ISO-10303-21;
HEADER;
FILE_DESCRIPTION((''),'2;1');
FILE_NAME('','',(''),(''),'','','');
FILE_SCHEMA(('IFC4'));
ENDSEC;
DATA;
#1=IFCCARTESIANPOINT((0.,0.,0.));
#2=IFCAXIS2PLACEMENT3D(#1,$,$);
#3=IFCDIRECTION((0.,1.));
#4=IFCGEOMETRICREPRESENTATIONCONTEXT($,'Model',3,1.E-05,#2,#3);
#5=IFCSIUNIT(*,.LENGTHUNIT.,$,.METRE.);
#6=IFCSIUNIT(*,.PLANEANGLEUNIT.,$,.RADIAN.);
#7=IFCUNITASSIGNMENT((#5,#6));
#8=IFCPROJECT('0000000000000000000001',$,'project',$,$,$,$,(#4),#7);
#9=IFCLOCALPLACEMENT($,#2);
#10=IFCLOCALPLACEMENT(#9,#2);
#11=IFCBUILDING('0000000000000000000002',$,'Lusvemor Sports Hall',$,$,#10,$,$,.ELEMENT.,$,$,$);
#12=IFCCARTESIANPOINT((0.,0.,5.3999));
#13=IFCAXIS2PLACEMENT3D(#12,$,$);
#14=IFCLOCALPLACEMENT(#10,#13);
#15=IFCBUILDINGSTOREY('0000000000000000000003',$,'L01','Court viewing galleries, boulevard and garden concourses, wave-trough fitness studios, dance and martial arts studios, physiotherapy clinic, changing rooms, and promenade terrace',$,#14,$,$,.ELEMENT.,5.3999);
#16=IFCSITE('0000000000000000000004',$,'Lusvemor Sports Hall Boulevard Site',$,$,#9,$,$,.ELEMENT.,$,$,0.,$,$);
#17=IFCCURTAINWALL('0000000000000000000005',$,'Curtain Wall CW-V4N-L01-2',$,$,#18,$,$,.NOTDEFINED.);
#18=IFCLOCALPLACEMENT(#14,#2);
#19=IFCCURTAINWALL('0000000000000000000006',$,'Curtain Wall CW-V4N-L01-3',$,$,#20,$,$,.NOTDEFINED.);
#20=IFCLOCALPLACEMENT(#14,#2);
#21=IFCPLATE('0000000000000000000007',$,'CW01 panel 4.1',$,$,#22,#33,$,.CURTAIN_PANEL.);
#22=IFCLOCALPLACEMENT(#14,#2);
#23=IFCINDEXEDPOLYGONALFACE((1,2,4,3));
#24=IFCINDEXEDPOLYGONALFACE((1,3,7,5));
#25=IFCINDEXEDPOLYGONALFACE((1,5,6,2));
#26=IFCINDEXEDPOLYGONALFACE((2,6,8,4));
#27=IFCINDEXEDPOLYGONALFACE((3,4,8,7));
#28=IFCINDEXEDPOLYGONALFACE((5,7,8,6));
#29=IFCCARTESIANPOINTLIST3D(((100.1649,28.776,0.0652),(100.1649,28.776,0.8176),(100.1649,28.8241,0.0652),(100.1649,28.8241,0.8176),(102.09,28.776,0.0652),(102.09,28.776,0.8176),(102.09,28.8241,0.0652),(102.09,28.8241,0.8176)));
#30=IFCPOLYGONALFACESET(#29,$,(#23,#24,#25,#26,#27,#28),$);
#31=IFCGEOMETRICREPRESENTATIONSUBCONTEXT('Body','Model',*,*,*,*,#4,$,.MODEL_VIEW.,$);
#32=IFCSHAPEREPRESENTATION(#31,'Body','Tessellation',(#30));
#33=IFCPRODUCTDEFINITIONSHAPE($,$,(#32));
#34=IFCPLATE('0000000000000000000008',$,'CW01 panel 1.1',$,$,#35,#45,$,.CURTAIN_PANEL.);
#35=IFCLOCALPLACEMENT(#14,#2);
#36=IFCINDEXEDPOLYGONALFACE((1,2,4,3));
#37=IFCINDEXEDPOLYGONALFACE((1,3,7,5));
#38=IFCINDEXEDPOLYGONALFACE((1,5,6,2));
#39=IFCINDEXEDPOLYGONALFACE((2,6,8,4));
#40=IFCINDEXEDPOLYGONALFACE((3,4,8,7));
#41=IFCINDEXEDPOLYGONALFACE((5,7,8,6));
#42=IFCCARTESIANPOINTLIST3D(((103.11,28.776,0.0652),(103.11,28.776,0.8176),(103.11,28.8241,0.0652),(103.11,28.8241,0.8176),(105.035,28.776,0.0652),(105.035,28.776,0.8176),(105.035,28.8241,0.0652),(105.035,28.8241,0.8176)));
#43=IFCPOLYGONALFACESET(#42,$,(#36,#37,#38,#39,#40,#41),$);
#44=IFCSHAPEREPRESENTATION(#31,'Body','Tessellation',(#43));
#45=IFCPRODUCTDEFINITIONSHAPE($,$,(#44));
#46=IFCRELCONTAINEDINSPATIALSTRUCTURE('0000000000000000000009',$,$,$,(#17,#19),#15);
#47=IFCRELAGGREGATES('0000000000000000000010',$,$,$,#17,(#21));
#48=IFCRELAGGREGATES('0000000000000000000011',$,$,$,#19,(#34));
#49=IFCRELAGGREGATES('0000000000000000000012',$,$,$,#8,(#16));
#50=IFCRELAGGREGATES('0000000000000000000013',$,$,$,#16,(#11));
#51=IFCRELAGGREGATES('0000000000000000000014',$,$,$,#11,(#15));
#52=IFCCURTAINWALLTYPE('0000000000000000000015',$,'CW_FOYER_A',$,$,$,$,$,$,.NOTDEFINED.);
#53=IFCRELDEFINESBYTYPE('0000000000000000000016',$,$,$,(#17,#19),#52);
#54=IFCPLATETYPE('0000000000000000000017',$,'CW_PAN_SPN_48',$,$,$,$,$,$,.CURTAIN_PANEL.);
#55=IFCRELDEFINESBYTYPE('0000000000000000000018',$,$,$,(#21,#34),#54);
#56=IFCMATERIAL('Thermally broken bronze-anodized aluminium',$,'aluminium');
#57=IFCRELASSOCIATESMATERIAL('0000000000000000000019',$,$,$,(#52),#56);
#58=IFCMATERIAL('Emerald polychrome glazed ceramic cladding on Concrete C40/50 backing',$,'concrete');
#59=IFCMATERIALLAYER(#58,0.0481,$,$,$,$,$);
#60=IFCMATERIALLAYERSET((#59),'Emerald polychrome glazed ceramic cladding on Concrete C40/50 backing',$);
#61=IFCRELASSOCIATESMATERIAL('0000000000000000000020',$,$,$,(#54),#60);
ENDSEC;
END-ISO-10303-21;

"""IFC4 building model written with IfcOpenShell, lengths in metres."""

from ifc_helpers import new_model, si_unit, direction, frame, origin, origin_2d, place, context, subcontext, project, spatial, rectangle, extrude, material, layer, layer_set, type_object, element, aggregate, save


model = new_model("IFC4")

# Units and contexts
model_context = context("Model", 3, precision=1e-05, world=origin(), true_north=direction((0.0, 1.0)))
body_context = subcontext(model_context, "Body", "Model", "MODEL_VIEW")
ifc_project = project(units=[si_unit("LENGTHUNIT", "METRE"), si_unit("PLANEANGLEUNIT", "RADIAN")], contexts=[model_context])

# Site, building, storey
site_placement = place(None, origin())
site = spatial("IfcSite", under=ifc_project, at=site_placement, Name="Lusvemor Sports Hall Boulevard Site", CompositionType="ELEMENT", RefElevation=0.0)
building_placement = place(site_placement, origin())
building = spatial("IfcBuilding", under=site, at=building_placement, Name="Lusvemor Sports Hall", CompositionType="ELEMENT")
storey_placement = place(building_placement, frame((0.0, 0.0, 5.3999)))
storey = spatial("IfcBuildingStorey", under=building, at=storey_placement, Name="L01", Description="Court viewing galleries, boulevard and garden concourses, wave-trough fitness studios, dance and martial arts studios, physiotherapy clinic, changing rooms, and promenade terrace", CompositionType="ELEMENT", Elevation=5.3999)

# Curtain wall
ifc_material_1 = material(Name="Thermally broken bronze-anodized aluminium", Category="aluminium")
curtain_wall_type = type_object("IfcCurtainWallType", Name="CW_FOYER_A", PredefinedType="NOTDEFINED", material=ifc_material_1)
curtain_wall_1_placement = place(storey_placement, origin())
curtain_wall_1 = element("IfcCurtainWall", 1, at=curtain_wall_1_placement, inside=storey, type_object=curtain_wall_type, Name="Curtain Wall CW-V4N-L01-2", PredefinedType="NOTDEFINED")

# Curtain wall
curtain_wall_2_placement = place(storey_placement, origin())
curtain_wall_2 = element("IfcCurtainWall", 2, at=curtain_wall_2_placement, inside=storey, type_object=curtain_wall_type, Name="Curtain Wall CW-V4N-L01-3", PredefinedType="NOTDEFINED")

# Plates
ifc_material_2 = material(Name="Emerald polychrome glazed ceramic cladding on Concrete C40/50 backing", Category="concrete")
ifc_layer_1 = layer(ifc_material_2, 0.0481)
ifc_layer_set_1 = layer_set([ifc_layer_1], Name="Emerald polychrome glazed ceramic cladding on Concrete C40/50 backing")
plate_type_1 = type_object("IfcPlateType", Name="CW_PAN_SPN_48", PredefinedType="CURTAIN_PANEL", material=ifc_layer_set_1)
plate_1_placement = place(storey_placement, frame((101.1274, 28.8, 0.0652), z_axis=(0.0, 0.0, 1.0), x_axis=(1.0, 0.0, 0.0)))
plate_1 = element("IfcPlate", 3, at=plate_1_placement, type_object=plate_type_1, Name="CW01 panel 4.1", PredefinedType="CURTAIN_PANEL", context=body_context, shape_type="SweptSolid", body=[
    extrude(rectangle(XDim=1.925, YDim=0.0481, at=origin_2d()), origin(), (0.0, 0.0, 1.0), 0.7524),
])
aggregate(curtain_wall_1, [plate_1])
plate_2_placement = place(storey_placement, frame((104.0725, 28.8, 0.0652), z_axis=(0.0, 0.0, 1.0), x_axis=(1.0, 0.0, 0.0)))
plate_2 = element("IfcPlate", 4, at=plate_2_placement, type_object=plate_type_1, Name="CW01 panel 1.1", PredefinedType="CURTAIN_PANEL", context=body_context, shape_type="SweptSolid", body=[
    extrude(rectangle(XDim=1.925, YDim=0.0481, at=origin_2d()), origin(), (0.0, 0.0, 1.0), 0.7524),
])
aggregate(curtain_wall_2, [plate_2])

save(model, "model.ifc")
